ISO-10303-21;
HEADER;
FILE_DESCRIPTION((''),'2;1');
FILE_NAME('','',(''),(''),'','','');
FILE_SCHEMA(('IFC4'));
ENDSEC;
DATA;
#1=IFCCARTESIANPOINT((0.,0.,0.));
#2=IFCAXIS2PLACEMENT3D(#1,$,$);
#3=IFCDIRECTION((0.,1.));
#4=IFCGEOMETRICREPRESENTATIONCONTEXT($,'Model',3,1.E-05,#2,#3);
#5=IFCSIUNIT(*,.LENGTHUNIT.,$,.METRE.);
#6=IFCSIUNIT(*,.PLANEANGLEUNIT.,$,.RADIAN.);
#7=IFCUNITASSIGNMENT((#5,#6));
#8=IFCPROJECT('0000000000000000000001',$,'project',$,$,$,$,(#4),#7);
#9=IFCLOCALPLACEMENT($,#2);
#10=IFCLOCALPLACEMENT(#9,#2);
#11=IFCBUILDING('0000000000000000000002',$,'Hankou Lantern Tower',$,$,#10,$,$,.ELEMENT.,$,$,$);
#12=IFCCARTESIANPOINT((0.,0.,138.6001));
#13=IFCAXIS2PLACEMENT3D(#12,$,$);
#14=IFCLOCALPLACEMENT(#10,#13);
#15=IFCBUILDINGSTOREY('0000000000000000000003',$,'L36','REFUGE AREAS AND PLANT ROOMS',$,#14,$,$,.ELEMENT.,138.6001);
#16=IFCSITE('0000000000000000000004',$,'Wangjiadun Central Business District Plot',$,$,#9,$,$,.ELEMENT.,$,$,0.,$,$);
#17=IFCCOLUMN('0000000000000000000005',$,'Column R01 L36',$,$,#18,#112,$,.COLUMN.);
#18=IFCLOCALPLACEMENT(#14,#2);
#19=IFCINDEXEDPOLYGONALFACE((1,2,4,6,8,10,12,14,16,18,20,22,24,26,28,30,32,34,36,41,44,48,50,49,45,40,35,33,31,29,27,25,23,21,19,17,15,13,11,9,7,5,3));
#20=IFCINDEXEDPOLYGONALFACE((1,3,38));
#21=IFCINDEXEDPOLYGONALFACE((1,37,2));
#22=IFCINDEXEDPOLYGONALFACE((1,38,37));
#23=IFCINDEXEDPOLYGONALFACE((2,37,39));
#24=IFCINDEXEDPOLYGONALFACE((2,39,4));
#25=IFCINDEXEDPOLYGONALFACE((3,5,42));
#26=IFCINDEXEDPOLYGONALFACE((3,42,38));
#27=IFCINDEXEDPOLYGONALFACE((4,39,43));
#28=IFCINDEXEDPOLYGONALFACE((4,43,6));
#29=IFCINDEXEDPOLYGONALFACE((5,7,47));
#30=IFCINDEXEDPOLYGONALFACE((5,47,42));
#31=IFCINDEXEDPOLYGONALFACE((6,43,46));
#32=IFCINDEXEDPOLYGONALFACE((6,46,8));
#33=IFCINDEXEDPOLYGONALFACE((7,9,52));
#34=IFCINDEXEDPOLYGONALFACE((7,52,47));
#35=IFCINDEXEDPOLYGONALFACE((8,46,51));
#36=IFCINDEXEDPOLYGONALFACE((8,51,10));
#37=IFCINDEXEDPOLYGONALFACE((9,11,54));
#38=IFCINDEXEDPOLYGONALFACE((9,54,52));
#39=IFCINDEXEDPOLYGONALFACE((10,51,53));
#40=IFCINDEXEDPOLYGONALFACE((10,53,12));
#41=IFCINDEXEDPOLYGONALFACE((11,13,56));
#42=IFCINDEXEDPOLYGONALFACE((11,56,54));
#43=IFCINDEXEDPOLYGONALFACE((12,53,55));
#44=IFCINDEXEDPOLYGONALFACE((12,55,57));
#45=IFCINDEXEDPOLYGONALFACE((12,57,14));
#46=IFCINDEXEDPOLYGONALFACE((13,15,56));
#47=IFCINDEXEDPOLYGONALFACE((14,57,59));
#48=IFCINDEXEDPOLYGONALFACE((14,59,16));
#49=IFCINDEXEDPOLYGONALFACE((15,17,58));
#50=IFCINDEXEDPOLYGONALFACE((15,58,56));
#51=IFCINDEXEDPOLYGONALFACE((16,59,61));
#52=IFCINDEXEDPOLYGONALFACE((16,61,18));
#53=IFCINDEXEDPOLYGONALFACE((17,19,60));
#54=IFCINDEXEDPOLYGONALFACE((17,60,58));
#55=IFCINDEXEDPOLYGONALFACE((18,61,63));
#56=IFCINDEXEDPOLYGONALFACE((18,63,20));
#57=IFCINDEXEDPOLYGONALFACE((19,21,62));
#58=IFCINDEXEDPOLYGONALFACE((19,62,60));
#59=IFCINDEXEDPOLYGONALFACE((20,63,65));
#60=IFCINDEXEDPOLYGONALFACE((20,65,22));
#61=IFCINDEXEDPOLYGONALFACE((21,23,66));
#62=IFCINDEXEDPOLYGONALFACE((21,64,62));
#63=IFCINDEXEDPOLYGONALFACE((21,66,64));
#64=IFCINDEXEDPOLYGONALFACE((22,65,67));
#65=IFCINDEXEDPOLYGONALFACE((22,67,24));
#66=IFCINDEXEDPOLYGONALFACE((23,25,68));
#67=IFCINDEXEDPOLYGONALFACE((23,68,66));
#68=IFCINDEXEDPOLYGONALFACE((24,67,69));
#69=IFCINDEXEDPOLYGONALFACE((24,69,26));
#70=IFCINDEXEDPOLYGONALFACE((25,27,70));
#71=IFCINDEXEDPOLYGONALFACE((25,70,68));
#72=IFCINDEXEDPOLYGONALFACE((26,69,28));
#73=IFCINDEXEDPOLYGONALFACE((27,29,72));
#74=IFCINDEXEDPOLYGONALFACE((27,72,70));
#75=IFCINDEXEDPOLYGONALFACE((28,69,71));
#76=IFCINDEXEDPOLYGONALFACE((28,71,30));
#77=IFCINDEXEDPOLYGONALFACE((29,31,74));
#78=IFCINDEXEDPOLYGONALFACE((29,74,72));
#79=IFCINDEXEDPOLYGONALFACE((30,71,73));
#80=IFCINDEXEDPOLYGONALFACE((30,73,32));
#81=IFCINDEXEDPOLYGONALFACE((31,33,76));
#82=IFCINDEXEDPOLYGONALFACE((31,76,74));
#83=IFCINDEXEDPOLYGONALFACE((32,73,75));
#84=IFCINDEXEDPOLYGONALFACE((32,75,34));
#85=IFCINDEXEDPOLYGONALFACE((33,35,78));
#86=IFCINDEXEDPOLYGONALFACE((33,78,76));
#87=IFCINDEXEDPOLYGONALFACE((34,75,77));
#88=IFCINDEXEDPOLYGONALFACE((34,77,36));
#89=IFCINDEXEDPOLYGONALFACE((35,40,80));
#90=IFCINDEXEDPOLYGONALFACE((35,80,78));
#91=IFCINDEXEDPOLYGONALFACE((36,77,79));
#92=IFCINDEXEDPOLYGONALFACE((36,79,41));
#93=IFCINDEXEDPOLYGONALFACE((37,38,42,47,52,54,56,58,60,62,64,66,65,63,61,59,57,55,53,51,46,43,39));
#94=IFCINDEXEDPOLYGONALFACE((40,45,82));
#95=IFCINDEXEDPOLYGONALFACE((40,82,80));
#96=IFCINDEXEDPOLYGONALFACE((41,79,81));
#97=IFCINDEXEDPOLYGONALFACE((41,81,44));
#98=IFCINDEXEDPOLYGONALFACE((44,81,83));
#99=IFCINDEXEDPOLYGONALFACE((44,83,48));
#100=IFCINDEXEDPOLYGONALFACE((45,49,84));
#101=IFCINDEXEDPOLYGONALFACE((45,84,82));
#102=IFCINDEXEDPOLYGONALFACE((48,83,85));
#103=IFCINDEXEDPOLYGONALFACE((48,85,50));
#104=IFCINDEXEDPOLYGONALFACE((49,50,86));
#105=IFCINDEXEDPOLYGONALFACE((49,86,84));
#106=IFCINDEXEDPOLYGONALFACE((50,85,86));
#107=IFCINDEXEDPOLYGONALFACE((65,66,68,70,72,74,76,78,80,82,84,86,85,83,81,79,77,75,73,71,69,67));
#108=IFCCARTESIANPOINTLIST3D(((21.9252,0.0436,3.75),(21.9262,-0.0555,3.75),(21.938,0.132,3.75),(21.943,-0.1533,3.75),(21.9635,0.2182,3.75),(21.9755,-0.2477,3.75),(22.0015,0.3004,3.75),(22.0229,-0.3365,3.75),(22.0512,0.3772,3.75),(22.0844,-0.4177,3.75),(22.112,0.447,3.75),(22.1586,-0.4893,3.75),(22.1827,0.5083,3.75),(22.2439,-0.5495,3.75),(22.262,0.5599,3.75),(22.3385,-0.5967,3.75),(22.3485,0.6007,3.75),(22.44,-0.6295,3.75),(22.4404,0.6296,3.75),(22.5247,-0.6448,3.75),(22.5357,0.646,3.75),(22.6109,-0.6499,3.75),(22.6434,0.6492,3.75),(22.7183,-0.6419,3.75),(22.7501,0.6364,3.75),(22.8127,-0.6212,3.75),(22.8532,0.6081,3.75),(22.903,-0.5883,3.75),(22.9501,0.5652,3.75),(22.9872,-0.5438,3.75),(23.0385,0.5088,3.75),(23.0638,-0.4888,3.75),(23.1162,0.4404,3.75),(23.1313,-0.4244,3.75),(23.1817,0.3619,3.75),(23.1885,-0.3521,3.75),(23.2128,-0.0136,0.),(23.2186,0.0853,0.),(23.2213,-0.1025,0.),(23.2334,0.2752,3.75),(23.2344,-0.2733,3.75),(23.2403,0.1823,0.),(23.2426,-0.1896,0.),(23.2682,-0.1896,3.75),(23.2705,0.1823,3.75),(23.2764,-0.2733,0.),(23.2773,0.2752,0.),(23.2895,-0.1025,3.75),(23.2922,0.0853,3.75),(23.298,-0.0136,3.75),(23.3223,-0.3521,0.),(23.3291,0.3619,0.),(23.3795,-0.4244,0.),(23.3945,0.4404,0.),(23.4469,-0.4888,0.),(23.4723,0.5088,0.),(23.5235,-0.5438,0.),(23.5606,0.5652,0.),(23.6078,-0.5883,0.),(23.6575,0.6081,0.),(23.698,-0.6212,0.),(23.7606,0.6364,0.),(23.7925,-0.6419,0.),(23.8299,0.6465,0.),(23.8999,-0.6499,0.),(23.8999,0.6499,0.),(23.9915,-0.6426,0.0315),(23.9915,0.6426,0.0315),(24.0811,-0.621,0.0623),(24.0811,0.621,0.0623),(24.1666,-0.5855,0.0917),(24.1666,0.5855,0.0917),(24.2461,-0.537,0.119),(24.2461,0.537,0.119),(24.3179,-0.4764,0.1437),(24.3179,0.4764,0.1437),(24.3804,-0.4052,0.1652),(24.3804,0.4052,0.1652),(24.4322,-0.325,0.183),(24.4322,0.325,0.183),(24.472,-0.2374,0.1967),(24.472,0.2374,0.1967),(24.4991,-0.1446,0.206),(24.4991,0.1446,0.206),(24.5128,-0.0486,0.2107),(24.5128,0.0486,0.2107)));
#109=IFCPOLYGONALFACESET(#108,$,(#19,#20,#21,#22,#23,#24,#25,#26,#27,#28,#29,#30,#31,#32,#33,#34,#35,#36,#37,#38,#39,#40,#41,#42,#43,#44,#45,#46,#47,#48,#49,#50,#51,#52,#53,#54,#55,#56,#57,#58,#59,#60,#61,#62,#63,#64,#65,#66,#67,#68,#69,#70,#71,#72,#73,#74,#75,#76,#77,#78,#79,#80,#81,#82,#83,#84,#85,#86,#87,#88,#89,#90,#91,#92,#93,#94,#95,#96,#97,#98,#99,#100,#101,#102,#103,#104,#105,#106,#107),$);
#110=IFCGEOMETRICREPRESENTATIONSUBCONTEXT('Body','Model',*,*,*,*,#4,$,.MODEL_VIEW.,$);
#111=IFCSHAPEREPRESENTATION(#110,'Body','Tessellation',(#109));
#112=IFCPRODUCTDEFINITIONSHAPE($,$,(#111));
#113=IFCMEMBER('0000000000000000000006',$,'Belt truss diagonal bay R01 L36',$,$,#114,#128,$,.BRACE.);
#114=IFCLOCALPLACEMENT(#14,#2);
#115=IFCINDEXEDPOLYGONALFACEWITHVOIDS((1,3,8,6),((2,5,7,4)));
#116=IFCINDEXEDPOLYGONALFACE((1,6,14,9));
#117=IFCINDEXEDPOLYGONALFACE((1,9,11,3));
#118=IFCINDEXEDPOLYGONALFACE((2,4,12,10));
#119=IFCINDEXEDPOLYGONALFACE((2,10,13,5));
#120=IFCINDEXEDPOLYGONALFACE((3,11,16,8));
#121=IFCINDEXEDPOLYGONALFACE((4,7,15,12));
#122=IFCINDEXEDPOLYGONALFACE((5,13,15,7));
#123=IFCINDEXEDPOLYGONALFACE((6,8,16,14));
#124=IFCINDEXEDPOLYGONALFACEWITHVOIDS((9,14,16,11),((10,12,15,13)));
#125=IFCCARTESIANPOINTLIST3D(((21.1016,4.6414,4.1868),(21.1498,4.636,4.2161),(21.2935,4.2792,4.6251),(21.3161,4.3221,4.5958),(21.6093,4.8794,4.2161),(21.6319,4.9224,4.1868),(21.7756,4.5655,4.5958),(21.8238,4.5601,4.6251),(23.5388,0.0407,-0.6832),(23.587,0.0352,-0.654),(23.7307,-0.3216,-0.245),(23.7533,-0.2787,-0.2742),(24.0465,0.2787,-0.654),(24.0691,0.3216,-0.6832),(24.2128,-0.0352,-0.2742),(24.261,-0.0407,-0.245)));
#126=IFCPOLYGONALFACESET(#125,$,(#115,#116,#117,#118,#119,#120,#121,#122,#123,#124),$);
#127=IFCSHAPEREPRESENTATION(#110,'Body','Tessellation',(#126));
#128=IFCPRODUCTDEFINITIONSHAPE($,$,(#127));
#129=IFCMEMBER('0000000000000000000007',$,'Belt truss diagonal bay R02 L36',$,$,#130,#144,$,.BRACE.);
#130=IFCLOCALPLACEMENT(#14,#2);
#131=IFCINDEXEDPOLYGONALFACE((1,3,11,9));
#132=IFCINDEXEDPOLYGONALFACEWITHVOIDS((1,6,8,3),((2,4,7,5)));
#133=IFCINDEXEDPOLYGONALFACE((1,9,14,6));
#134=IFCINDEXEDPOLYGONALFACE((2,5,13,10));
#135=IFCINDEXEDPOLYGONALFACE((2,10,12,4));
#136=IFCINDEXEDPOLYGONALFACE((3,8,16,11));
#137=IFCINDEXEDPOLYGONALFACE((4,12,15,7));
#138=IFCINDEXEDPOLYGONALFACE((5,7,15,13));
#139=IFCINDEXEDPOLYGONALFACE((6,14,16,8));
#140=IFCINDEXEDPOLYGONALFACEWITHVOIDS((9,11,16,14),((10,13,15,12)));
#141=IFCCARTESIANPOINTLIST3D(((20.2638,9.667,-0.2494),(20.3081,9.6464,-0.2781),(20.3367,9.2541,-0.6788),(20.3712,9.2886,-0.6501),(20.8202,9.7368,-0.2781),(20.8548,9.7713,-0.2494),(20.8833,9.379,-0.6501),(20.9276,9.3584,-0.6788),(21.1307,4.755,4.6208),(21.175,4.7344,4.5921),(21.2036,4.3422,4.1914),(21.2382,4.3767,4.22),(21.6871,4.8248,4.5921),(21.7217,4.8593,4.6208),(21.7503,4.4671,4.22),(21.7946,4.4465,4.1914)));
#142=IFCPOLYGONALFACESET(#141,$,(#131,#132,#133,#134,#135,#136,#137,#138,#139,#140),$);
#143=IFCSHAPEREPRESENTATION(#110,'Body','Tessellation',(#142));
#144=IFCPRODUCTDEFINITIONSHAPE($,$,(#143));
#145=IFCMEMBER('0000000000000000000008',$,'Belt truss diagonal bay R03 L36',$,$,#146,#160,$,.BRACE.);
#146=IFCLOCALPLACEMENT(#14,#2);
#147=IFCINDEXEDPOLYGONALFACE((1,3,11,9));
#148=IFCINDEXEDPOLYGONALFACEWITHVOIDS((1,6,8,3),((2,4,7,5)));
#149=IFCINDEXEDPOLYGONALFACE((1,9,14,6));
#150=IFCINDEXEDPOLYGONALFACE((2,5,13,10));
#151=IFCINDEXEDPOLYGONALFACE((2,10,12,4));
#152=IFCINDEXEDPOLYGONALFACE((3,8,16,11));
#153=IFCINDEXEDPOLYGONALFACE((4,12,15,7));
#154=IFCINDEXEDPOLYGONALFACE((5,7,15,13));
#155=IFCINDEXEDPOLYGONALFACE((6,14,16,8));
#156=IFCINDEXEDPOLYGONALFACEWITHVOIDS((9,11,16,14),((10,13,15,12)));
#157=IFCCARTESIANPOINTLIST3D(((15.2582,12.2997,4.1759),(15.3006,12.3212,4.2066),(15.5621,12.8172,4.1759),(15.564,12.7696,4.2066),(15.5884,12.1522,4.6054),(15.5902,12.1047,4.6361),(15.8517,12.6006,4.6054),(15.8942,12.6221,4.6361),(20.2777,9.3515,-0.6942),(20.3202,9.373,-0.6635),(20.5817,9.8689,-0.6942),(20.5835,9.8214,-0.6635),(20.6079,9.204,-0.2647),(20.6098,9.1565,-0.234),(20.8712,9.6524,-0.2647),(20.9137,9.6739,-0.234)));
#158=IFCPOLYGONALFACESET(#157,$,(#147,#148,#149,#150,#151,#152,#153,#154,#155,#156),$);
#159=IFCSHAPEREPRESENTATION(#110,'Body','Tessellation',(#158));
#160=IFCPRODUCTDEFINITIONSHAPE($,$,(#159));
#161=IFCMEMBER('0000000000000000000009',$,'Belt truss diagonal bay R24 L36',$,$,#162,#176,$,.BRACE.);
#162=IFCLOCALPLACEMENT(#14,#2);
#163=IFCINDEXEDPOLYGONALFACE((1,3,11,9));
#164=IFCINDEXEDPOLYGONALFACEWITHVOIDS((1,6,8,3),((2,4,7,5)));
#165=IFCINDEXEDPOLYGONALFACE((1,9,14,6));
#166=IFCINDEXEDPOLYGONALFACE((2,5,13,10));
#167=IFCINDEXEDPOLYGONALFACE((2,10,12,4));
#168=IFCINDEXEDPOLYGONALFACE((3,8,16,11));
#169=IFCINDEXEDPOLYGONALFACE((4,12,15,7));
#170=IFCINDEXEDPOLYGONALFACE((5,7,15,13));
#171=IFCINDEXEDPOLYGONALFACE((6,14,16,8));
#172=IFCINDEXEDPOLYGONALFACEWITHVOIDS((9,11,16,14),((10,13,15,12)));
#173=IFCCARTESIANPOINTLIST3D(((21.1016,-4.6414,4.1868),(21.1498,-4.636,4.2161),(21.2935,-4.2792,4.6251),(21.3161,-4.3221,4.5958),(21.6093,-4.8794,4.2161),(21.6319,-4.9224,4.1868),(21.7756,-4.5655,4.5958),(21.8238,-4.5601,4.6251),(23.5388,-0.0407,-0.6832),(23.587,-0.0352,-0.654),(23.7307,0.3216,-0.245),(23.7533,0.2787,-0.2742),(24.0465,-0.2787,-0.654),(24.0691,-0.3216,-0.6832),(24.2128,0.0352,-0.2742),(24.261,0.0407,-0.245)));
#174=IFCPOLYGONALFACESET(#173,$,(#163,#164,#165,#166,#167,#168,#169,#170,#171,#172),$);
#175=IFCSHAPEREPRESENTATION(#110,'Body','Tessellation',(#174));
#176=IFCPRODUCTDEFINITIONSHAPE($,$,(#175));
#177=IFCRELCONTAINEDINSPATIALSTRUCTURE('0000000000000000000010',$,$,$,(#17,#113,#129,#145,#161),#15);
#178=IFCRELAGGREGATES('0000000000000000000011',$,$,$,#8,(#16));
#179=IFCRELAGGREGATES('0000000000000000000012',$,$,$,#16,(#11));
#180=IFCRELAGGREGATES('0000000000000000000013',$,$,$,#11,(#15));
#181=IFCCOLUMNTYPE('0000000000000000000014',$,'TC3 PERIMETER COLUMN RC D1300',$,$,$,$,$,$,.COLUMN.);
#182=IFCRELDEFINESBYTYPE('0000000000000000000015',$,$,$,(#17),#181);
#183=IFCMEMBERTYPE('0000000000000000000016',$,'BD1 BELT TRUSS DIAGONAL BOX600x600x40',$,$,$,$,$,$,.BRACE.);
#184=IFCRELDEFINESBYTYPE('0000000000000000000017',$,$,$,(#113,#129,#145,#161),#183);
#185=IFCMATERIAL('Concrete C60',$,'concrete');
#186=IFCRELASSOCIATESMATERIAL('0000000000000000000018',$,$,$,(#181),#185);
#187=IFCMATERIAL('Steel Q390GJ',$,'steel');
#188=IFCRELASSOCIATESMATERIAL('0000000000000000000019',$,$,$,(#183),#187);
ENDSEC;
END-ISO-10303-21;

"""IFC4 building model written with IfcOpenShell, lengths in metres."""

from ifc_helpers import new_model, si_unit, direction, frame, origin, origin_2d, place, context, subcontext, project, spatial, hollow_rectangle, circle, extrude, clip, halfspace, material, material_profile, profile_set, type_object, element, save


model = new_model("IFC4")

# Units and contexts
model_context = context("Model", 3, precision=1e-05, world=origin(), true_north=direction((0.0, 1.0)))
body_context = subcontext(model_context, "Body", "Model", "MODEL_VIEW")
ifc_project = project(units=[si_unit("LENGTHUNIT", "METRE"), si_unit("PLANEANGLEUNIT", "RADIAN")], contexts=[model_context])

# Site, building, storey
site_placement = place(None, origin())
site = spatial("IfcSite", under=ifc_project, at=site_placement, Name="Wangjiadun Central Business District Plot", CompositionType="ELEMENT", RefElevation=0.0)
building_placement = place(site_placement, origin())
building = spatial("IfcBuilding", under=site, at=building_placement, Name="Hankou Lantern Tower", CompositionType="ELEMENT")
storey_placement = place(building_placement, frame((0.0, 0.0, 138.6001)))
storey = spatial("IfcBuildingStorey", under=building, at=storey_placement, Name="L36", Description="REFUGE AREAS AND PLANT ROOMS", CompositionType="ELEMENT", Elevation=138.6001)

# Column
ifc_material_1 = material(Name="Concrete C60", Category="concrete")
ifc_material_profile_1 = material_profile(ifc_material_1, circle(Radius=0.6499, at=origin_2d()), Name="RC D1300")
ifc_profile_set_1 = profile_set([ifc_material_profile_1], Name="Concrete C60")
column_type = type_object("IfcColumnType", Name="TC3 PERIMETER COLUMN RC D1300", PredefinedType="COLUMN", material=ifc_profile_set_1)
column_1_placement = place(storey_placement, frame((23.8999, 0.0, 0.0), z_axis=(-0.325074, 0.0, 0.945688), x_axis=(0.0, -1.0, 0.0)))
element("IfcColumn", 1, at=column_1_placement, inside=storey, type_object=column_type, Name="Column R01 L36", PredefinedType="COLUMN", context=body_context, shape_type="Clipping", body=[
    clip(clip(extrude(circle(Radius=0.6499, at=origin_2d()), origin(), (0.0, 0.0, 1.0), 5.0754), halfspace(frame((0.0, 0.0, 0.0), z_axis=(0.0, -0.325074, -0.945688), x_axis=(0.0, 0.945688, -0.325074)), False)), halfspace(frame((0.0, 0.0, 3.9653), z_axis=(0.0, 0.325074, 0.945688), x_axis=(0.0, 0.945688, -0.325074)), False)),
])

# Members
ifc_material_2 = material(Name="Steel Q390GJ", Category="steel")
ifc_material_profile_2 = material_profile(ifc_material_2, hollow_rectangle(XDim=0.6001, YDim=0.6001, WallThickness=0.04, at=origin_2d()), Name="BOX600x600x40")
ifc_profile_set_2 = profile_set([ifc_material_profile_2], Name="Steel Q390GJ")
member_type = type_object("IfcMemberType", Name="BD1 BELT TRUSS DIAGONAL BOX600x600x40", PredefinedType="BRACE", material=ifc_profile_set_2)
member_1_placement = place(storey_placement, frame((23.8999, 0.0, -0.4641), z_axis=(-0.341868, 0.645348, 0.68312), x_axis=(-0.883667, -0.468116, 0.0)))
element("IfcMember", 2, at=member_1_placement, inside=storey, type_object=member_type, Name="Belt truss diagonal bay R01 L36", PredefinedType="BRACE", context=body_context, shape_type="SweptSolid", body=[
    extrude(hollow_rectangle(XDim=0.6001, YDim=0.6001, WallThickness=0.04, at=origin_2d()), origin(), (0.0, 0.0, 1.0), 7.1292),
])
member_2_placement = place(storey_placement, frame((20.5957, 9.5127, -0.4641), z_axis=(0.124363, -0.704605, 0.698617), x_axis=(0.984779, 0.173813, 0.0)))
element("IfcMember", 3, at=member_2_placement, inside=storey, type_object=member_type, Name="Belt truss diagonal bay R02 L36", PredefinedType="BRACE", context=body_context, shape_type="SweptSolid", body=[
    extrude(hollow_rectangle(XDim=0.6001, YDim=0.6001, WallThickness=0.04, at=origin_2d()), origin(), (0.0, 0.0, 1.0), 6.9712),
])
member_3_placement = place(storey_placement, frame((20.5957, 9.5127, -0.4641), z_axis=(-0.661348, 0.388445, 0.641662), x_axis=(-0.506456, -0.862266, 0.0)))
element("IfcMember", 4, at=member_3_placement, inside=storey, type_object=member_type, Name="Belt truss diagonal bay R03 L36", PredefinedType="BRACE", context=body_context, shape_type="SweptSolid", body=[
    extrude(hollow_rectangle(XDim=0.6001, YDim=0.6001, WallThickness=0.04, at=origin_2d()), origin(), (0.0, 0.0, 1.0), 7.5898),
])
member_4_placement = place(storey_placement, frame((23.8999, 0.0, -0.4641), z_axis=(-0.341868, -0.645348, 0.68312), x_axis=(0.883667, -0.468116, 0.0)))
element("IfcMember", 5, at=member_4_placement, inside=storey, type_object=member_type, Name="Belt truss diagonal bay R24 L36", PredefinedType="BRACE", context=body_context, shape_type="SweptSolid", body=[
    extrude(hollow_rectangle(XDim=0.6001, YDim=0.6001, WallThickness=0.04, at=origin_2d()), origin(), (0.0, 0.0, 1.0), 7.1292),
])

save(model, "model.ifc")
